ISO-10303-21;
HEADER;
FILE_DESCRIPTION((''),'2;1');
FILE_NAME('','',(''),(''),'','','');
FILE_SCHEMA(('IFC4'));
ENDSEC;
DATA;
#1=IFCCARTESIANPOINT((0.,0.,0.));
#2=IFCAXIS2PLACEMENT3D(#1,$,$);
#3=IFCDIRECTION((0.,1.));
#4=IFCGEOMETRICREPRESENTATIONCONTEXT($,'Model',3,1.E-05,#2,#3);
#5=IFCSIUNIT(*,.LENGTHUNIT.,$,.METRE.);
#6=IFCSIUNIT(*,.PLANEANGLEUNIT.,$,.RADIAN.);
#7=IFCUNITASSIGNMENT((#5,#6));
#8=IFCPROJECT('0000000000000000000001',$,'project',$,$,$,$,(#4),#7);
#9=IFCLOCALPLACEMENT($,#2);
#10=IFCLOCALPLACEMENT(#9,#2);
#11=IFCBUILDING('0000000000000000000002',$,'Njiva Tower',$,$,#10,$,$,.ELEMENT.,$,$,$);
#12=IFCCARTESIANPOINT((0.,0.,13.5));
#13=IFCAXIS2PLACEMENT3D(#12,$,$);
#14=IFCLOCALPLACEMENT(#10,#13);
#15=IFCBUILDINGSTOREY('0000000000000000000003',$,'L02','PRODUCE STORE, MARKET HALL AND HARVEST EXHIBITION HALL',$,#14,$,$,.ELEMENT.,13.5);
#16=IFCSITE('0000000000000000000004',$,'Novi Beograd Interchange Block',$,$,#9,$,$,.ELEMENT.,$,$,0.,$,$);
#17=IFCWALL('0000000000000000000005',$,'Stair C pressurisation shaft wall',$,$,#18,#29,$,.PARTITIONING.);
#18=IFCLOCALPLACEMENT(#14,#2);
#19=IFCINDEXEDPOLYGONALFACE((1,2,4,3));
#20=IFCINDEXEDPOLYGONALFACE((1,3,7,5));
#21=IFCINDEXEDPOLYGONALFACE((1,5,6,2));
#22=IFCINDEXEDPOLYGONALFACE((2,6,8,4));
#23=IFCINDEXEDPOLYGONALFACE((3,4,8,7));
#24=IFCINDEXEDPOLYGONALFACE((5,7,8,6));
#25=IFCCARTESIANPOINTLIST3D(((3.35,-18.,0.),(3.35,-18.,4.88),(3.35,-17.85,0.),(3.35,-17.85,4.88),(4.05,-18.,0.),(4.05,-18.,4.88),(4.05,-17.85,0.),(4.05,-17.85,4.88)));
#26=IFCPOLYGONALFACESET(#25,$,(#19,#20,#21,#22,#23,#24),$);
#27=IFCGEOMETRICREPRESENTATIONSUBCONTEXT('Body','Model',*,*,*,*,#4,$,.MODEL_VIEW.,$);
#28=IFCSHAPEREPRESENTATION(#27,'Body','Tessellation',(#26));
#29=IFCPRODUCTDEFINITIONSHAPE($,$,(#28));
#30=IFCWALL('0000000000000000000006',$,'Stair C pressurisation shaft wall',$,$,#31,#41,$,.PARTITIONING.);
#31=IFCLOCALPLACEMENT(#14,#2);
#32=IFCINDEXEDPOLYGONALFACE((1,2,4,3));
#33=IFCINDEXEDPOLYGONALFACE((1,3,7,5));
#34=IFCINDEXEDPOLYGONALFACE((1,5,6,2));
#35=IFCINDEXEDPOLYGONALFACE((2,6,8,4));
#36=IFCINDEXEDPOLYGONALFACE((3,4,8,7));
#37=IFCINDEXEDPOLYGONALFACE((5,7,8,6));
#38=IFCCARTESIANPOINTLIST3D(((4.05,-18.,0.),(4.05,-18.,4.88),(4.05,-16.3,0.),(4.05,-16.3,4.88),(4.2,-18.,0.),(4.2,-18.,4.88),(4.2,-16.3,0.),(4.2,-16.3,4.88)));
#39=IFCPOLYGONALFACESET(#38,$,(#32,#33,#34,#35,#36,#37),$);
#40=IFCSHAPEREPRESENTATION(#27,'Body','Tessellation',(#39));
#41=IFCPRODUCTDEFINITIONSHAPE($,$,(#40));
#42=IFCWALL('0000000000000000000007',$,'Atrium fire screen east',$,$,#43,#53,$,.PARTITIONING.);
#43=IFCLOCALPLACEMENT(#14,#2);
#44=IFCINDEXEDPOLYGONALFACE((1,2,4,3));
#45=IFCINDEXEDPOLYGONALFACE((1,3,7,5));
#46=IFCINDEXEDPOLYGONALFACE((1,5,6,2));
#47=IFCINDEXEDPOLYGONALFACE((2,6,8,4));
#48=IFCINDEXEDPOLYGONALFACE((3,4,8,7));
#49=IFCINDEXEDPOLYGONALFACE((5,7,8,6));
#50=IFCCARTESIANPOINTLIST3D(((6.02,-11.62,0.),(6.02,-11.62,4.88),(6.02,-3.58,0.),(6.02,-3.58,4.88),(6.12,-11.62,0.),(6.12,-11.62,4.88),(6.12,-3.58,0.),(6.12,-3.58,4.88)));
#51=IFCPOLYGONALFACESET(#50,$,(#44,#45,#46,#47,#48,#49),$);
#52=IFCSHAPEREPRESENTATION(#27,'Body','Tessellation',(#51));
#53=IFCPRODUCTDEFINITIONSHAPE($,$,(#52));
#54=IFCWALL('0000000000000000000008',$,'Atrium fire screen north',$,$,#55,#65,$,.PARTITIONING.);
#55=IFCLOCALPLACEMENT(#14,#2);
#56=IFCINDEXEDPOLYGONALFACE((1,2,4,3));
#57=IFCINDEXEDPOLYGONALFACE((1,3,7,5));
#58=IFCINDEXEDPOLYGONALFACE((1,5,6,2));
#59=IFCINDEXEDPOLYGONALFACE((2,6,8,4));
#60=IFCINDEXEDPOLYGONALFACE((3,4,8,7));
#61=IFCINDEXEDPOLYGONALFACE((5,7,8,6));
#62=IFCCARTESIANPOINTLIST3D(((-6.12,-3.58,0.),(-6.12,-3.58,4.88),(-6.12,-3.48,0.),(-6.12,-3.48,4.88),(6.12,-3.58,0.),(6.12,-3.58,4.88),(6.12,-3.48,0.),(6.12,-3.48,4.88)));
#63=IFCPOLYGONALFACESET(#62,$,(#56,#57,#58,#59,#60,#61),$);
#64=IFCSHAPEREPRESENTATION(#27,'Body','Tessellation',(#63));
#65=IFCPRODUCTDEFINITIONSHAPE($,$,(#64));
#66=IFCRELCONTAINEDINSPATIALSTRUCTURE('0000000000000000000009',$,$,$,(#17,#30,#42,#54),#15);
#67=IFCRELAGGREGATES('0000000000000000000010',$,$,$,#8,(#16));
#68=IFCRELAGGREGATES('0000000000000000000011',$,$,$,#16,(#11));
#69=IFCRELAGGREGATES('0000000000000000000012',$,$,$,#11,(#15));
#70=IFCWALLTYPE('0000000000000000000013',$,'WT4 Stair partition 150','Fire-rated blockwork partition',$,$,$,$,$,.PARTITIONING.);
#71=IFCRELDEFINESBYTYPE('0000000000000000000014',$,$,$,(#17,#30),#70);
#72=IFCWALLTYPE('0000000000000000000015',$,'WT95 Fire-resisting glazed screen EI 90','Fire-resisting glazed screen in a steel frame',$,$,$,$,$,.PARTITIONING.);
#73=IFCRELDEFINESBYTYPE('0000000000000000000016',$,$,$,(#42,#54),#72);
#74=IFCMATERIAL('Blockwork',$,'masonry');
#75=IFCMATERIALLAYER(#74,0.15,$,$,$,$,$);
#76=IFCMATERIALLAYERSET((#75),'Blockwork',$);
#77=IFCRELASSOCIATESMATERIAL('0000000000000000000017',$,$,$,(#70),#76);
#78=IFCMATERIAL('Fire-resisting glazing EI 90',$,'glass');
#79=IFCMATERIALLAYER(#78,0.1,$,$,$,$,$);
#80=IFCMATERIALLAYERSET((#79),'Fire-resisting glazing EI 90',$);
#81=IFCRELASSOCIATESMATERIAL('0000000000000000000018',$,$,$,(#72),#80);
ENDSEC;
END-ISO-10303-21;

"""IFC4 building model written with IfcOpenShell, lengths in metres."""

from ifc_helpers import new_model, si_unit, direction, frame, frame_2d, origin, place, context, subcontext, project, spatial, rectangle, extrude, material, layer, layer_set, type_object, element, save


model = new_model("IFC4")

# Units and contexts
model_context = context("Model", 3, precision=1e-05, world=origin(), true_north=direction((0.0, 1.0)))
body_context = subcontext(model_context, "Body", "Model", "MODEL_VIEW")
ifc_project = project(units=[si_unit("LENGTHUNIT", "METRE"), si_unit("PLANEANGLEUNIT", "RADIAN")], contexts=[model_context])

# Site, building, storey
site_placement = place(None, origin())
site = spatial("IfcSite", under=ifc_project, at=site_placement, Name="Novi Beograd Interchange Block", CompositionType="ELEMENT", RefElevation=0.0)
building_placement = place(site_placement, origin())
building = spatial("IfcBuilding", under=site, at=building_placement, Name="Njiva Tower", CompositionType="ELEMENT")
storey_placement = place(building_placement, frame((0.0, 0.0, 13.5)))
storey = spatial("IfcBuildingStorey", under=building, at=storey_placement, Name="L02", Description="PRODUCE STORE, MARKET HALL AND HARVEST EXHIBITION HALL", CompositionType="ELEMENT", Elevation=13.5)

# Shared definitions
ifc_material_1 = material(Name="Blockwork", Category="masonry")
ifc_layer_1 = layer(ifc_material_1, 0.15)
ifc_layer_set_1 = layer_set([ifc_layer_1], Name="Blockwork")
wall_type_1 = type_object("IfcWallType", Name="WT4 Stair partition 150", Description="Fire-rated blockwork partition", PredefinedType="PARTITIONING", material=ifc_layer_set_1)

# Walls
wall_1_placement = place(storey_placement, frame((3.35, -17.925, 0.0), z_axis=(0.0, 0.0, 1.0), x_axis=(1.0, 0.0, 0.0)))
element("IfcWall", 1, at=wall_1_placement, inside=storey, type_object=wall_type_1, Name="Stair C pressurisation shaft wall", PredefinedType="PARTITIONING", context=body_context, shape_type="SweptSolid", body=[
    extrude(rectangle(XDim=0.7, YDim=0.15, at=frame_2d((0.35, 0.0))), origin(), (0.0, 0.0, 1.0), 4.88),
])
wall_2_placement = place(storey_placement, frame((4.125, -18.0, 0.0), z_axis=(0.0, 0.0, 1.0), x_axis=(0.0, 1.0, 0.0)))
element("IfcWall", 2, at=wall_2_placement, inside=storey, type_object=wall_type_1, Name="Stair C pressurisation shaft wall", PredefinedType="PARTITIONING", context=body_context, shape_type="SweptSolid", body=[
    extrude(rectangle(XDim=1.7, YDim=0.15, at=frame_2d((0.85, 0.0))), origin(), (0.0, 0.0, 1.0), 4.88),
])
ifc_material_2 = material(Name="Fire-resisting glazing EI 90", Category="glass")
ifc_layer_2 = layer(ifc_material_2, 0.1)
ifc_layer_set_2 = layer_set([ifc_layer_2], Name="Fire-resisting glazing EI 90")
wall_type_2 = type_object("IfcWallType", Name="WT95 Fire-resisting glazed screen EI 90", Description="Fire-resisting glazed screen in a steel frame", PredefinedType="PARTITIONING", material=ifc_layer_set_2)
wall_3_placement = place(storey_placement, frame((6.07, -11.62, 0.0), z_axis=(0.0, 0.0, 1.0), x_axis=(0.0, 1.0, 0.0)))
element("IfcWall", 3, at=wall_3_placement, inside=storey, type_object=wall_type_2, Name="Atrium fire screen east", PredefinedType="PARTITIONING", context=body_context, shape_type="SweptSolid", body=[
    extrude(rectangle(XDim=8.04, YDim=0.1, at=frame_2d((4.02, 0.0))), origin(), (0.0, 0.0, 1.0), 4.88),
])
wall_4_placement = place(storey_placement, frame((6.12, -3.53, 0.0), z_axis=(0.0, 0.0, 1.0), x_axis=(-1.0, 0.0, 0.0)))
element("IfcWall", 4, at=wall_4_placement, inside=storey, type_object=wall_type_2, Name="Atrium fire screen north", PredefinedType="PARTITIONING", context=body_context, shape_type="SweptSolid", body=[
    extrude(rectangle(XDim=12.24, YDim=0.1, at=frame_2d((6.12, 0.0))), origin(), (0.0, 0.0, 1.0), 4.88),
])

save(model, "model.ifc")
